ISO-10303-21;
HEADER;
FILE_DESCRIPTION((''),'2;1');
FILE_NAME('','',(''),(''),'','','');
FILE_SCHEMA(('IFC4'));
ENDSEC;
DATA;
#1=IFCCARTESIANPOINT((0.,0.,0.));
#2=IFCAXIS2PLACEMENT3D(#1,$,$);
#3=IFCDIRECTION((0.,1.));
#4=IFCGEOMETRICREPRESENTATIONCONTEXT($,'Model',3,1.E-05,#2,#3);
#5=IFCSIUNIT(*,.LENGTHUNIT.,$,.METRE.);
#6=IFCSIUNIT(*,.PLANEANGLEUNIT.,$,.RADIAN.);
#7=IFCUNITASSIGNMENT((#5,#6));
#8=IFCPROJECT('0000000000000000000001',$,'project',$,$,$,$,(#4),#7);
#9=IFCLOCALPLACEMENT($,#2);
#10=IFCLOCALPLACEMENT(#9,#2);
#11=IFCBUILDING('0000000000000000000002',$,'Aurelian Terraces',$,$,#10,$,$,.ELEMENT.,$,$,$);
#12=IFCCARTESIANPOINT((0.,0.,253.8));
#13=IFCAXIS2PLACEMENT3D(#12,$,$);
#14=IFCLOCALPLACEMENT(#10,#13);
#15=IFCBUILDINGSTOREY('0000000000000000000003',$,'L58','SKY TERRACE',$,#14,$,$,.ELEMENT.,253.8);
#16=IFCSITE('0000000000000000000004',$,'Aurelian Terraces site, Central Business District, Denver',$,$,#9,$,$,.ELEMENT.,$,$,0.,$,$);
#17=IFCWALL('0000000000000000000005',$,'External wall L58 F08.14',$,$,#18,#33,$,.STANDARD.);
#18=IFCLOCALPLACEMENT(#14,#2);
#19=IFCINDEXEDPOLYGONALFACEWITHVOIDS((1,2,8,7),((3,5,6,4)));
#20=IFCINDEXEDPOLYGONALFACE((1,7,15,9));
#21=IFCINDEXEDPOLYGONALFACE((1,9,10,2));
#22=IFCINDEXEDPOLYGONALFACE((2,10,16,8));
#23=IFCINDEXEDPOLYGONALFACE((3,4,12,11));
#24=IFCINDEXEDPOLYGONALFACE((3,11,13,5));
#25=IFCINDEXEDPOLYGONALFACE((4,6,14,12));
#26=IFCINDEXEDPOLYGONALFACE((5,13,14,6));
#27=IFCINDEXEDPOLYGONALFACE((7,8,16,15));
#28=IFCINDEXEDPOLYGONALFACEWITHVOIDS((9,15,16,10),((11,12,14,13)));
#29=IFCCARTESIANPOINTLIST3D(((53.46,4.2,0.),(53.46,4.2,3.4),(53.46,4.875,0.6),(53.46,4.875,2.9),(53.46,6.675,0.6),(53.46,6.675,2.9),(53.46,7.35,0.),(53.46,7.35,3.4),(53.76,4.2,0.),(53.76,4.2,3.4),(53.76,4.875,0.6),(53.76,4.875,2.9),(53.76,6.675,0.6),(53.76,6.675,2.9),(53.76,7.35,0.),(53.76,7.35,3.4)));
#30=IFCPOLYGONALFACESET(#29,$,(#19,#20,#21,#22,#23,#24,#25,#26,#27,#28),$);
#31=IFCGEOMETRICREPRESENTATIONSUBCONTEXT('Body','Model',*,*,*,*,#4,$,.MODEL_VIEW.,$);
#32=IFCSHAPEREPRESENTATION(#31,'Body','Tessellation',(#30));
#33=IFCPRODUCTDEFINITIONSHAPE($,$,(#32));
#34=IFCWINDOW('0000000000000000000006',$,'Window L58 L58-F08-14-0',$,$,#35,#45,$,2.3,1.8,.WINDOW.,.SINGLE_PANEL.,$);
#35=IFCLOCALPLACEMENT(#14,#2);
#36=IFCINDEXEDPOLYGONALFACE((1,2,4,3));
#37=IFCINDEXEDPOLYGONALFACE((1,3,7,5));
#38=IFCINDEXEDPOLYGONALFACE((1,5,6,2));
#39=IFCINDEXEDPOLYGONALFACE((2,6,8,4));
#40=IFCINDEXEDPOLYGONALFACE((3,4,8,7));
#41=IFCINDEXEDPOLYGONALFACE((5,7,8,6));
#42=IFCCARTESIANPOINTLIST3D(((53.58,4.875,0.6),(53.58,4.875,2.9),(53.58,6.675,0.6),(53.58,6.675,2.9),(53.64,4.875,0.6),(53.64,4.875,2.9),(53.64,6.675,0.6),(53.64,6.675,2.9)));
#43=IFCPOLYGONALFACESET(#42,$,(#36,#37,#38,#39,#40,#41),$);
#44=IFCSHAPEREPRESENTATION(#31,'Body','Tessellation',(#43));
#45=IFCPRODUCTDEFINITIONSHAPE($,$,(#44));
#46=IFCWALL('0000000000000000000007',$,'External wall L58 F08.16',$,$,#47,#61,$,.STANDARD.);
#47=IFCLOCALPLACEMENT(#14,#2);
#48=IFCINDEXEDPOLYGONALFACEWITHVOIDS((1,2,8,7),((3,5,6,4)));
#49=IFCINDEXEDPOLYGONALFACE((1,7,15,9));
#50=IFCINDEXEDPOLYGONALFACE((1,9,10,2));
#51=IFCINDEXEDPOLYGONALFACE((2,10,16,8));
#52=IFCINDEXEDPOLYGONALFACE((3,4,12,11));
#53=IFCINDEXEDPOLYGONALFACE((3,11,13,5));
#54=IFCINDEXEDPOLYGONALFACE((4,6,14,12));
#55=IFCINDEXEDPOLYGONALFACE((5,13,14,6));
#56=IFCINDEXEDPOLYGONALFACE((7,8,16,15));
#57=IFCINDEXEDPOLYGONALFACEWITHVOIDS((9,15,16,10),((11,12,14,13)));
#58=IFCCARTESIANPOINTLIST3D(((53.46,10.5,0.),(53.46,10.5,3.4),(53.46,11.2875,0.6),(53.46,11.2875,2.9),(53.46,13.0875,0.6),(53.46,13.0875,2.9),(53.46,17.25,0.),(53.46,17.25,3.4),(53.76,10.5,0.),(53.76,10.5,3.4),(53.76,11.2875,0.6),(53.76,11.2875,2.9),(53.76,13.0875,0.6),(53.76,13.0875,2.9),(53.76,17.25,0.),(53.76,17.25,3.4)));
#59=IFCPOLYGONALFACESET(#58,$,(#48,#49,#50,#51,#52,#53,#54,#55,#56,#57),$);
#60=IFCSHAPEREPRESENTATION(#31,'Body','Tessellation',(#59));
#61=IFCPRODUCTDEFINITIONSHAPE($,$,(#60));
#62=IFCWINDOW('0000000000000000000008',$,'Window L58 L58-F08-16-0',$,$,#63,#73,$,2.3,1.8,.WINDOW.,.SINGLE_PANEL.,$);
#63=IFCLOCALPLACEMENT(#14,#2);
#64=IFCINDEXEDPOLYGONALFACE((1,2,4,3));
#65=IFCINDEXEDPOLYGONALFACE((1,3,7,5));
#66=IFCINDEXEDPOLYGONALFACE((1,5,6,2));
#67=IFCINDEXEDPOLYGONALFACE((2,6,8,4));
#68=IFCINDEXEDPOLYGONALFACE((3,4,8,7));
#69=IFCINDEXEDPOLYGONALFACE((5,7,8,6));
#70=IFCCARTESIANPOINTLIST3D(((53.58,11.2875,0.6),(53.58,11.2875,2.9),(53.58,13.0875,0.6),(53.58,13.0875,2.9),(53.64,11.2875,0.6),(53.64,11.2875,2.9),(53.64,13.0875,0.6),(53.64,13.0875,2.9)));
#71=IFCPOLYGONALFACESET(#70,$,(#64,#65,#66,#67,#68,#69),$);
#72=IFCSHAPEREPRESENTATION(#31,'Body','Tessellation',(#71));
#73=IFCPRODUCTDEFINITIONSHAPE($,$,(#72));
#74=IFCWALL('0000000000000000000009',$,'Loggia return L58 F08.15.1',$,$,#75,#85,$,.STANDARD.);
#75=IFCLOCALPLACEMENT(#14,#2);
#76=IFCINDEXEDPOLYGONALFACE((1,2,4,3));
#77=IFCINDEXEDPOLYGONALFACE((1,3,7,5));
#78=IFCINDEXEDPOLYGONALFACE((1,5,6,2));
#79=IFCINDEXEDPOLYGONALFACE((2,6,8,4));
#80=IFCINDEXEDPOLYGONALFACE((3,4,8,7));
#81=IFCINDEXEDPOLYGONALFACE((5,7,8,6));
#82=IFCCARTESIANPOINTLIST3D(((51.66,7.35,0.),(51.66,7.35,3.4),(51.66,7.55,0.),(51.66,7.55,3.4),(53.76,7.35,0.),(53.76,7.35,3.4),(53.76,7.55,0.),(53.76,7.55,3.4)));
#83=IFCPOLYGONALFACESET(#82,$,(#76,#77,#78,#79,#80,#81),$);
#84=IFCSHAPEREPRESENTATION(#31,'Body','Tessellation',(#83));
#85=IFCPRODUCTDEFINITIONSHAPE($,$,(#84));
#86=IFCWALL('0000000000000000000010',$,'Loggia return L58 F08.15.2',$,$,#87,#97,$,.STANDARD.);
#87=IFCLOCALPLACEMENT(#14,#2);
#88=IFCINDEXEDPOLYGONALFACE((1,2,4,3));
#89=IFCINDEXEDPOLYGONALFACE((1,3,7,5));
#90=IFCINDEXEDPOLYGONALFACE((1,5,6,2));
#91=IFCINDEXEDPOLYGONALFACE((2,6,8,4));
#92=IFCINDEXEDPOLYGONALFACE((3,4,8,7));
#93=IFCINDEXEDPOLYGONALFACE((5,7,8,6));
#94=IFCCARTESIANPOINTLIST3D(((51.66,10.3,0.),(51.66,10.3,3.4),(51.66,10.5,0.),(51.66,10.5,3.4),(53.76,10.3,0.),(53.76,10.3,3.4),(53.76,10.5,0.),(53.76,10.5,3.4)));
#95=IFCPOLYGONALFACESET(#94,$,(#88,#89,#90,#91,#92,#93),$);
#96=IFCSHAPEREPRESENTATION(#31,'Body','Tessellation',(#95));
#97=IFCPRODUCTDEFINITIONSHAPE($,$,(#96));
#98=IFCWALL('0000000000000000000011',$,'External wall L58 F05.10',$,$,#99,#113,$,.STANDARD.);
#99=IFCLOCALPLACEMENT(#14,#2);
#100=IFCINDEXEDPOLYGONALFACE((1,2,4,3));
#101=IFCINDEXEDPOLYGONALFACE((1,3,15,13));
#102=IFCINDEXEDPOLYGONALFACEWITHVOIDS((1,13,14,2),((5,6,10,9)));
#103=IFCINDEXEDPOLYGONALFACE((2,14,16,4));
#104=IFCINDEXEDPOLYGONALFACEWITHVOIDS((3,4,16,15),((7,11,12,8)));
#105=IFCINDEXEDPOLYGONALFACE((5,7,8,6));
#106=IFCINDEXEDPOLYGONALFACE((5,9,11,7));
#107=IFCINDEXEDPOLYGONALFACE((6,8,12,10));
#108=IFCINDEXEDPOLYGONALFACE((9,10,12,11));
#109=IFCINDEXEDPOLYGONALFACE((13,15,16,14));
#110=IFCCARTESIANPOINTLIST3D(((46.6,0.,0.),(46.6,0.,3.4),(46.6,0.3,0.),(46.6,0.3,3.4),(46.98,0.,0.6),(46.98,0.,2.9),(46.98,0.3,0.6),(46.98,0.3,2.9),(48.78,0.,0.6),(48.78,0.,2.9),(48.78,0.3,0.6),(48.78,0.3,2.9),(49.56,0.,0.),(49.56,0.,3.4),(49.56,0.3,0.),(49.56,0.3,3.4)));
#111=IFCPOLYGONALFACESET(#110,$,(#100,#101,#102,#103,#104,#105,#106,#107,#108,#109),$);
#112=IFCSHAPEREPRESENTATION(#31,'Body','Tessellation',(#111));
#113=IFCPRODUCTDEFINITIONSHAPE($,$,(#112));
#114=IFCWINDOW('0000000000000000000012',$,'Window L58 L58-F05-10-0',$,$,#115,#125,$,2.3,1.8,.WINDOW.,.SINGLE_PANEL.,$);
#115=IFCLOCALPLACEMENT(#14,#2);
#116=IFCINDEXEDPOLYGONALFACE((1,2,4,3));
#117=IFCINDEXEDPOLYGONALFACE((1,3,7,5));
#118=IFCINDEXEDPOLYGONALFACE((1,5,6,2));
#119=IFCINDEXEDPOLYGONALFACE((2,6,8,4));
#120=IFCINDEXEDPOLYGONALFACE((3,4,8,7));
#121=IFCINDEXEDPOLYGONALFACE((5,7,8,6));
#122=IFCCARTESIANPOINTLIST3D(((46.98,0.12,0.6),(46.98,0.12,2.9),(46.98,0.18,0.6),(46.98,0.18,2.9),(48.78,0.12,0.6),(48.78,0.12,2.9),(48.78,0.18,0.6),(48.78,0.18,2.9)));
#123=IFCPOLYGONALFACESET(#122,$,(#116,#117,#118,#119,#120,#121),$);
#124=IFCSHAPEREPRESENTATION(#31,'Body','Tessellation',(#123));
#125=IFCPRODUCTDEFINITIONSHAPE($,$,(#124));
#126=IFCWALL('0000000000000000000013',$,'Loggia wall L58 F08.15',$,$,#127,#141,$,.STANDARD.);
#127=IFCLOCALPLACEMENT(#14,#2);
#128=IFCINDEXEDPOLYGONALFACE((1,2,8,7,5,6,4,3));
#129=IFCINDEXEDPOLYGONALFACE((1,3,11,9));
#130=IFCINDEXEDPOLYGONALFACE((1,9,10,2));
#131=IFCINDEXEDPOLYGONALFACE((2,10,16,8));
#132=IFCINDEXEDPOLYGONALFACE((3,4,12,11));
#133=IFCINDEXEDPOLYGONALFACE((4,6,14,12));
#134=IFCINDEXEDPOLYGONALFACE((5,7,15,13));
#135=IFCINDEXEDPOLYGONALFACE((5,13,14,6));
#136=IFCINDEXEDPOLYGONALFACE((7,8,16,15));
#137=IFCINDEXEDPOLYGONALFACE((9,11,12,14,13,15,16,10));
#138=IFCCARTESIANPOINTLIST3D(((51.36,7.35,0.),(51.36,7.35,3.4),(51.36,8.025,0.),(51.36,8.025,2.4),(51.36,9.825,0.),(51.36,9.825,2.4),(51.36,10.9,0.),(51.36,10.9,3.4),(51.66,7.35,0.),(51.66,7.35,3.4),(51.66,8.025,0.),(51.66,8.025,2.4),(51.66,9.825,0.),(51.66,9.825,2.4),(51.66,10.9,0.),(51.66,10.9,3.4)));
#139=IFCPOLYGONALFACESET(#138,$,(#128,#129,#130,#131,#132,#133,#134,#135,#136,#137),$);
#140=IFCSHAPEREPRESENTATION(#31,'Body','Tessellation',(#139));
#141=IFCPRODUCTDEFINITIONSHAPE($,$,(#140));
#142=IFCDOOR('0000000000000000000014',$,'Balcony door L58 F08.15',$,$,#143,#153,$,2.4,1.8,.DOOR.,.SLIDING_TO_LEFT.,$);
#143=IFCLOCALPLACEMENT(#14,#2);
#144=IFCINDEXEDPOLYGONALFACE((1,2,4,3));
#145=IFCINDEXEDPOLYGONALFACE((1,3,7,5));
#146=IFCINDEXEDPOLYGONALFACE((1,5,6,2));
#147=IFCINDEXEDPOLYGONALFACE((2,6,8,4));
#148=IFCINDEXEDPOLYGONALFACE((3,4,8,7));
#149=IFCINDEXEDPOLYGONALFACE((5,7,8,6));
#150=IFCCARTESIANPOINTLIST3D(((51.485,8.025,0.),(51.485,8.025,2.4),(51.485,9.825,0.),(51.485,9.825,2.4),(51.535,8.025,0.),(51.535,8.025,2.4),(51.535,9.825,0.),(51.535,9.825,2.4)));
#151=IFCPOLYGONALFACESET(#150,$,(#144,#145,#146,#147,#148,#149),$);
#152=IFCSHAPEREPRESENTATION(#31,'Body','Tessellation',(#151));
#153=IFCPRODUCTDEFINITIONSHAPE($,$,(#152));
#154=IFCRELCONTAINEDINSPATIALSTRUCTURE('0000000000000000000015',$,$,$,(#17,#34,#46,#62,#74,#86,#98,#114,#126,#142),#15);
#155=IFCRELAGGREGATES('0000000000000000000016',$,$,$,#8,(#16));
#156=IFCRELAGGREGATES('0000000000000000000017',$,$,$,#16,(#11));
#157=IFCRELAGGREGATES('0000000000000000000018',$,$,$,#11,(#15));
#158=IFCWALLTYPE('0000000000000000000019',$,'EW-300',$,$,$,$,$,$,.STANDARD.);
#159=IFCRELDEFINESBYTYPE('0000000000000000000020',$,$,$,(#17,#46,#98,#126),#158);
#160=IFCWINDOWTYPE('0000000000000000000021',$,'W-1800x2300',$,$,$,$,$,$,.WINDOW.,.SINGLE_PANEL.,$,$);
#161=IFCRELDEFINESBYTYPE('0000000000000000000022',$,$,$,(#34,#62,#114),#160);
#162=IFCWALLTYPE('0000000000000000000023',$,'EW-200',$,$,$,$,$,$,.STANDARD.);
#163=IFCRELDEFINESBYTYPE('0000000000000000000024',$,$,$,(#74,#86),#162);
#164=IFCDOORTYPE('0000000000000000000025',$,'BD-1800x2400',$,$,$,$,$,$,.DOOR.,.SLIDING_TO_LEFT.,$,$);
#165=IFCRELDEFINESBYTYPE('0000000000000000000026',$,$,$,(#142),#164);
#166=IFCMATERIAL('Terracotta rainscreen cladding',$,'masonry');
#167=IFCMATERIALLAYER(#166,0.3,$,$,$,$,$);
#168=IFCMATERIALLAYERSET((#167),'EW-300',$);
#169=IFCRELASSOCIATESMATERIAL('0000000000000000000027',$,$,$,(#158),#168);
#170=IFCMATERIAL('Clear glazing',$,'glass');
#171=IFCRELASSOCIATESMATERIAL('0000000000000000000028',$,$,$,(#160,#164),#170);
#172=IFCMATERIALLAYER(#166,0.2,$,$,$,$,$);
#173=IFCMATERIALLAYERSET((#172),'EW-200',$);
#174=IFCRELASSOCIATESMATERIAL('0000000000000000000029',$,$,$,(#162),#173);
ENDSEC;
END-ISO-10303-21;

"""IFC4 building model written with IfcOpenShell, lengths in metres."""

from ifc_helpers import new_model, si_unit, direction, frame, frame_2d, origin, place, context, subcontext, project, spatial, rectangle, extrude, source, transform, mapped, material, layer, layer_set, type_object, element, fill, save


model = new_model("IFC4")

# Units and contexts
model_context = context("Model", 3, precision=1e-05, world=origin(), true_north=direction((0.0, 1.0)))
body_context = subcontext(model_context, "Body", "Model", "MODEL_VIEW")
ifc_project = project(units=[si_unit("LENGTHUNIT", "METRE"), si_unit("PLANEANGLEUNIT", "RADIAN")], contexts=[model_context])

# Site, building, storey
site_placement = place(None, origin())
site = spatial("IfcSite", under=ifc_project, at=site_placement, Name="Aurelian Terraces site, Central Business District, Denver", CompositionType="ELEMENT", RefElevation=0.0)
building_placement = place(site_placement, origin())
building = spatial("IfcBuilding", under=site, at=building_placement, Name="Aurelian Terraces", CompositionType="ELEMENT")
storey_placement = place(building_placement, frame((0.0, 0.0, 253.8)))
storey = spatial("IfcBuildingStorey", under=building, at=storey_placement, Name="L58", Description="SKY TERRACE", CompositionType="ELEMENT", Elevation=253.8)

# Walls, openings, windows
ifc_material_1 = material(Name="Terracotta rainscreen cladding", Category="masonry")
ifc_layer_1 = layer(ifc_material_1, 0.3)
ifc_layer_set_1 = layer_set([ifc_layer_1], Name="EW-300")
wall_type_1 = type_object("IfcWallType", Name="EW-300", PredefinedType="STANDARD", material=ifc_layer_set_1)
ifc_material_2 = material(Name="Clear glazing", Category="glass")
shared_shape_1 = source(origin(), body_context, "Body", "SweptSolid", [
    extrude(rectangle(XDim=3.15, YDim=0.3, at=frame_2d((1.575, 0.0))), origin(), (0.0, 0.0, 1.0), 3.4),
])
wall_1_placement = place(storey_placement, frame((53.61, 4.2, 0.0), z_axis=(0.0, 0.0, 1.0), x_axis=(0.0, 1.0, 0.0)))
wall_1 = element("IfcWall", 1, at=wall_1_placement, inside=storey, type_object=wall_type_1, Name="External wall L58 F08.14", PredefinedType="STANDARD", context=body_context, shape_type="MappedRepresentation", body=[
    mapped(shared_shape_1, transform((0.0, 0.0, 0.0), scale=1.0)),
])
shared_shape_2 = source(origin(), body_context, "Body", "SweptSolid", [
    extrude(rectangle(XDim=1.8, YDim=2.3, at=frame_2d((0.9, 1.15))), frame((0.0, 0.16, 0.0), z_axis=(0.0, -1.0, 0.0), x_axis=(1.0, 0.0, 0.0)), (0.0, 0.0, 1.0), 0.32),
])
opening_1_placement = place(wall_1_placement, frame((0.675, 0.0, 0.6)))
opening_1 = element("IfcOpeningElement", 2, at=opening_1_placement, cuts=wall_1, PredefinedType="OPENING", context=body_context, shape_type="MappedRepresentation", body=[
    mapped(shared_shape_2, transform((0.0, 0.0, 0.0), scale=1.0)),
])
window_type_1 = type_object("IfcWindowType", Name="W-1800x2300", PartitioningType="SINGLE_PANEL", PredefinedType="WINDOW", material=ifc_material_2)
shared_shape_3 = source(origin(), body_context, "Body", "SweptSolid", [
    extrude(rectangle(XDim=1.8, YDim=2.3, at=frame_2d((0.9, 1.15))), frame((0.0, 0.03, 0.0), z_axis=(0.0, -1.0, 0.0), x_axis=(1.0, 0.0, 0.0)), (0.0, 0.0, 1.0), 0.06),
])
window_1_placement = place(opening_1_placement, origin())
window_1 = element("IfcWindow", 3, at=window_1_placement, inside=storey, type_object=window_type_1, Name="Window L58 L58-F08-14-0", OverallHeight=2.3, OverallWidth=1.8, PartitioningType="SINGLE_PANEL", PredefinedType="WINDOW", context=body_context, shape_type="MappedRepresentation", body=[
    mapped(shared_shape_3, transform((0.0, 0.0, 0.0), scale=1.0)),
])
fill(opening_1, window_1)
shared_shape_4 = source(origin(), body_context, "Body", "SweptSolid", [
    extrude(rectangle(XDim=6.75, YDim=0.3, at=frame_2d((3.375, 0.0))), origin(), (0.0, 0.0, 1.0), 3.4),
])
wall_2_placement = place(storey_placement, frame((53.61, 10.5, 0.0), z_axis=(0.0, 0.0, 1.0), x_axis=(0.0, 1.0, 0.0)))
wall_2 = element("IfcWall", 4, at=wall_2_placement, inside=storey, type_object=wall_type_1, Name="External wall L58 F08.16", PredefinedType="STANDARD", context=body_context, shape_type="MappedRepresentation", body=[
    mapped(shared_shape_4, transform((0.0, 0.0, 0.0), scale=1.0)),
])
opening_2_placement = place(wall_2_placement, frame((0.7875, 0.0, 0.6)))
opening_2 = element("IfcOpeningElement", 5, at=opening_2_placement, cuts=wall_2, PredefinedType="OPENING", context=body_context, shape_type="MappedRepresentation", body=[
    mapped(shared_shape_2, transform((0.0, 0.0, 0.0), scale=1.0)),
])
window_2_placement = place(opening_2_placement, origin())
window_2 = element("IfcWindow", 6, at=window_2_placement, inside=storey, type_object=window_type_1, Name="Window L58 L58-F08-16-0", OverallHeight=2.3, OverallWidth=1.8, PartitioningType="SINGLE_PANEL", PredefinedType="WINDOW", context=body_context, shape_type="MappedRepresentation", body=[
    mapped(shared_shape_3, transform((0.0, 0.0, 0.0), scale=1.0)),
])
fill(opening_2, window_2)

# Walls
ifc_layer_2 = layer(ifc_material_1, 0.2)
ifc_layer_set_2 = layer_set([ifc_layer_2], Name="EW-200")
wall_type_2 = type_object("IfcWallType", Name="EW-200", PredefinedType="STANDARD", material=ifc_layer_set_2)
shared_shape_5 = source(origin(), body_context, "Body", "SweptSolid", [
    extrude(rectangle(XDim=2.1, YDim=0.2, at=frame_2d((1.05, 0.0))), origin(), (0.0, 0.0, 1.0), 3.4),
])
for number, where, z_axis, x_axis, name in (
    (7, (53.76, 7.45, 0.0), (0.0, 0.0, 1.0), (-1.0, 0.0, 0.0), "Loggia return L58 F08.15.1"),
    (8, (53.76, 10.4, 0.0), (0.0, 0.0, 1.0), (-1.0, 0.0, 0.0), "Loggia return L58 F08.15.2"),
):
    element("IfcWall", number, at=place(storey_placement, frame(where, z_axis=z_axis, x_axis=x_axis)), inside=storey, type_object=wall_type_2, Name=name, PredefinedType="STANDARD", context=body_context, shape_type="MappedRepresentation", body=[
        mapped(shared_shape_5, transform((0.0, 0.0, 0.0), scale=1.0)),
    ])

# Wall, opening, window
shared_shape_6 = source(origin(), body_context, "Body", "SweptSolid", [
    extrude(rectangle(XDim=2.96, YDim=0.3, at=frame_2d((1.48, 0.0))), origin(), (0.0, 0.0, 1.0), 3.4),
])
wall_3_placement = place(storey_placement, frame((46.6, 0.15, 0.0), z_axis=(0.0, 0.0, 1.0), x_axis=(1.0, 0.0, 0.0)))
wall_3 = element("IfcWall", 9, at=wall_3_placement, inside=storey, type_object=wall_type_1, Name="External wall L58 F05.10", PredefinedType="STANDARD", context=body_context, shape_type="MappedRepresentation", body=[
    mapped(shared_shape_6, transform((0.0, 0.0, 0.0), scale=1.0)),
])
opening_3_placement = place(wall_3_placement, frame((0.38, 0.0, 0.6)))
opening_3 = element("IfcOpeningElement", 10, at=opening_3_placement, cuts=wall_3, PredefinedType="OPENING", context=body_context, shape_type="MappedRepresentation", body=[
    mapped(shared_shape_2, transform((0.0, 0.0, 0.0), scale=1.0)),
])
window_3_placement = place(opening_3_placement, origin())
window_3 = element("IfcWindow", 11, at=window_3_placement, inside=storey, type_object=window_type_1, Name="Window L58 L58-F05-10-0", OverallHeight=2.3, OverallWidth=1.8, PartitioningType="SINGLE_PANEL", PredefinedType="WINDOW", context=body_context, shape_type="MappedRepresentation", body=[
    mapped(shared_shape_3, transform((0.0, 0.0, 0.0), scale=1.0)),
])
fill(opening_3, window_3)

# Wall, opening, door
shared_shape_7 = source(origin(), body_context, "Body", "SweptSolid", [
    extrude(rectangle(XDim=3.55, YDim=0.3, at=frame_2d((1.775, 0.0))), origin(), (0.0, 0.0, 1.0), 3.4),
])
wall_4_placement = place(storey_placement, frame((51.51, 7.35, 0.0), z_axis=(0.0, 0.0, 1.0), x_axis=(0.0, 1.0, 0.0)))
wall_4 = element("IfcWall", 12, at=wall_4_placement, inside=storey, type_object=wall_type_1, Name="Loggia wall L58 F08.15", PredefinedType="STANDARD", context=body_context, shape_type="MappedRepresentation", body=[
    mapped(shared_shape_7, transform((0.0, 0.0, 0.0), scale=1.0)),
])
shared_shape_8 = source(origin(), body_context, "Body", "SweptSolid", [
    extrude(rectangle(XDim=1.8, YDim=2.4, at=frame_2d((0.9, 1.2))), frame((0.0, 0.16, 0.0), z_axis=(0.0, -1.0, 0.0), x_axis=(1.0, 0.0, 0.0)), (0.0, 0.0, 1.0), 0.32),
])
opening_4_placement = place(wall_4_placement, frame((0.675, 0.0, 0.0)))
opening_4 = element("IfcOpeningElement", 13, at=opening_4_placement, cuts=wall_4, PredefinedType="OPENING", context=body_context, shape_type="MappedRepresentation", body=[
    mapped(shared_shape_8, transform((0.0, 0.0, 0.0), scale=1.0)),
])
door_type_1 = type_object("IfcDoorType", Name="BD-1800x2400", OperationType="SLIDING_TO_LEFT", PredefinedType="DOOR", material=ifc_material_2)
shared_shape_9 = source(origin(), body_context, "Body", "SweptSolid", [
    extrude(rectangle(XDim=1.8, YDim=2.4, at=frame_2d((0.9, 1.2))), frame((0.0, 0.025, 0.0), z_axis=(0.0, -1.0, 0.0), x_axis=(1.0, 0.0, 0.0)), (0.0, 0.0, 1.0), 0.05),
])
door_1_placement = place(opening_4_placement, origin())
door_1 = element("IfcDoor", 14, at=door_1_placement, inside=storey, type_object=door_type_1, Name="Balcony door L58 F08.15", OperationType="SLIDING_TO_LEFT", OverallHeight=2.4, OverallWidth=1.8, PredefinedType="DOOR", context=body_context, shape_type="MappedRepresentation", body=[
    mapped(shared_shape_9, transform((0.0, 0.0, 0.0), scale=1.0)),
])
fill(opening_4, door_1)

save(model, "model.ifc")
